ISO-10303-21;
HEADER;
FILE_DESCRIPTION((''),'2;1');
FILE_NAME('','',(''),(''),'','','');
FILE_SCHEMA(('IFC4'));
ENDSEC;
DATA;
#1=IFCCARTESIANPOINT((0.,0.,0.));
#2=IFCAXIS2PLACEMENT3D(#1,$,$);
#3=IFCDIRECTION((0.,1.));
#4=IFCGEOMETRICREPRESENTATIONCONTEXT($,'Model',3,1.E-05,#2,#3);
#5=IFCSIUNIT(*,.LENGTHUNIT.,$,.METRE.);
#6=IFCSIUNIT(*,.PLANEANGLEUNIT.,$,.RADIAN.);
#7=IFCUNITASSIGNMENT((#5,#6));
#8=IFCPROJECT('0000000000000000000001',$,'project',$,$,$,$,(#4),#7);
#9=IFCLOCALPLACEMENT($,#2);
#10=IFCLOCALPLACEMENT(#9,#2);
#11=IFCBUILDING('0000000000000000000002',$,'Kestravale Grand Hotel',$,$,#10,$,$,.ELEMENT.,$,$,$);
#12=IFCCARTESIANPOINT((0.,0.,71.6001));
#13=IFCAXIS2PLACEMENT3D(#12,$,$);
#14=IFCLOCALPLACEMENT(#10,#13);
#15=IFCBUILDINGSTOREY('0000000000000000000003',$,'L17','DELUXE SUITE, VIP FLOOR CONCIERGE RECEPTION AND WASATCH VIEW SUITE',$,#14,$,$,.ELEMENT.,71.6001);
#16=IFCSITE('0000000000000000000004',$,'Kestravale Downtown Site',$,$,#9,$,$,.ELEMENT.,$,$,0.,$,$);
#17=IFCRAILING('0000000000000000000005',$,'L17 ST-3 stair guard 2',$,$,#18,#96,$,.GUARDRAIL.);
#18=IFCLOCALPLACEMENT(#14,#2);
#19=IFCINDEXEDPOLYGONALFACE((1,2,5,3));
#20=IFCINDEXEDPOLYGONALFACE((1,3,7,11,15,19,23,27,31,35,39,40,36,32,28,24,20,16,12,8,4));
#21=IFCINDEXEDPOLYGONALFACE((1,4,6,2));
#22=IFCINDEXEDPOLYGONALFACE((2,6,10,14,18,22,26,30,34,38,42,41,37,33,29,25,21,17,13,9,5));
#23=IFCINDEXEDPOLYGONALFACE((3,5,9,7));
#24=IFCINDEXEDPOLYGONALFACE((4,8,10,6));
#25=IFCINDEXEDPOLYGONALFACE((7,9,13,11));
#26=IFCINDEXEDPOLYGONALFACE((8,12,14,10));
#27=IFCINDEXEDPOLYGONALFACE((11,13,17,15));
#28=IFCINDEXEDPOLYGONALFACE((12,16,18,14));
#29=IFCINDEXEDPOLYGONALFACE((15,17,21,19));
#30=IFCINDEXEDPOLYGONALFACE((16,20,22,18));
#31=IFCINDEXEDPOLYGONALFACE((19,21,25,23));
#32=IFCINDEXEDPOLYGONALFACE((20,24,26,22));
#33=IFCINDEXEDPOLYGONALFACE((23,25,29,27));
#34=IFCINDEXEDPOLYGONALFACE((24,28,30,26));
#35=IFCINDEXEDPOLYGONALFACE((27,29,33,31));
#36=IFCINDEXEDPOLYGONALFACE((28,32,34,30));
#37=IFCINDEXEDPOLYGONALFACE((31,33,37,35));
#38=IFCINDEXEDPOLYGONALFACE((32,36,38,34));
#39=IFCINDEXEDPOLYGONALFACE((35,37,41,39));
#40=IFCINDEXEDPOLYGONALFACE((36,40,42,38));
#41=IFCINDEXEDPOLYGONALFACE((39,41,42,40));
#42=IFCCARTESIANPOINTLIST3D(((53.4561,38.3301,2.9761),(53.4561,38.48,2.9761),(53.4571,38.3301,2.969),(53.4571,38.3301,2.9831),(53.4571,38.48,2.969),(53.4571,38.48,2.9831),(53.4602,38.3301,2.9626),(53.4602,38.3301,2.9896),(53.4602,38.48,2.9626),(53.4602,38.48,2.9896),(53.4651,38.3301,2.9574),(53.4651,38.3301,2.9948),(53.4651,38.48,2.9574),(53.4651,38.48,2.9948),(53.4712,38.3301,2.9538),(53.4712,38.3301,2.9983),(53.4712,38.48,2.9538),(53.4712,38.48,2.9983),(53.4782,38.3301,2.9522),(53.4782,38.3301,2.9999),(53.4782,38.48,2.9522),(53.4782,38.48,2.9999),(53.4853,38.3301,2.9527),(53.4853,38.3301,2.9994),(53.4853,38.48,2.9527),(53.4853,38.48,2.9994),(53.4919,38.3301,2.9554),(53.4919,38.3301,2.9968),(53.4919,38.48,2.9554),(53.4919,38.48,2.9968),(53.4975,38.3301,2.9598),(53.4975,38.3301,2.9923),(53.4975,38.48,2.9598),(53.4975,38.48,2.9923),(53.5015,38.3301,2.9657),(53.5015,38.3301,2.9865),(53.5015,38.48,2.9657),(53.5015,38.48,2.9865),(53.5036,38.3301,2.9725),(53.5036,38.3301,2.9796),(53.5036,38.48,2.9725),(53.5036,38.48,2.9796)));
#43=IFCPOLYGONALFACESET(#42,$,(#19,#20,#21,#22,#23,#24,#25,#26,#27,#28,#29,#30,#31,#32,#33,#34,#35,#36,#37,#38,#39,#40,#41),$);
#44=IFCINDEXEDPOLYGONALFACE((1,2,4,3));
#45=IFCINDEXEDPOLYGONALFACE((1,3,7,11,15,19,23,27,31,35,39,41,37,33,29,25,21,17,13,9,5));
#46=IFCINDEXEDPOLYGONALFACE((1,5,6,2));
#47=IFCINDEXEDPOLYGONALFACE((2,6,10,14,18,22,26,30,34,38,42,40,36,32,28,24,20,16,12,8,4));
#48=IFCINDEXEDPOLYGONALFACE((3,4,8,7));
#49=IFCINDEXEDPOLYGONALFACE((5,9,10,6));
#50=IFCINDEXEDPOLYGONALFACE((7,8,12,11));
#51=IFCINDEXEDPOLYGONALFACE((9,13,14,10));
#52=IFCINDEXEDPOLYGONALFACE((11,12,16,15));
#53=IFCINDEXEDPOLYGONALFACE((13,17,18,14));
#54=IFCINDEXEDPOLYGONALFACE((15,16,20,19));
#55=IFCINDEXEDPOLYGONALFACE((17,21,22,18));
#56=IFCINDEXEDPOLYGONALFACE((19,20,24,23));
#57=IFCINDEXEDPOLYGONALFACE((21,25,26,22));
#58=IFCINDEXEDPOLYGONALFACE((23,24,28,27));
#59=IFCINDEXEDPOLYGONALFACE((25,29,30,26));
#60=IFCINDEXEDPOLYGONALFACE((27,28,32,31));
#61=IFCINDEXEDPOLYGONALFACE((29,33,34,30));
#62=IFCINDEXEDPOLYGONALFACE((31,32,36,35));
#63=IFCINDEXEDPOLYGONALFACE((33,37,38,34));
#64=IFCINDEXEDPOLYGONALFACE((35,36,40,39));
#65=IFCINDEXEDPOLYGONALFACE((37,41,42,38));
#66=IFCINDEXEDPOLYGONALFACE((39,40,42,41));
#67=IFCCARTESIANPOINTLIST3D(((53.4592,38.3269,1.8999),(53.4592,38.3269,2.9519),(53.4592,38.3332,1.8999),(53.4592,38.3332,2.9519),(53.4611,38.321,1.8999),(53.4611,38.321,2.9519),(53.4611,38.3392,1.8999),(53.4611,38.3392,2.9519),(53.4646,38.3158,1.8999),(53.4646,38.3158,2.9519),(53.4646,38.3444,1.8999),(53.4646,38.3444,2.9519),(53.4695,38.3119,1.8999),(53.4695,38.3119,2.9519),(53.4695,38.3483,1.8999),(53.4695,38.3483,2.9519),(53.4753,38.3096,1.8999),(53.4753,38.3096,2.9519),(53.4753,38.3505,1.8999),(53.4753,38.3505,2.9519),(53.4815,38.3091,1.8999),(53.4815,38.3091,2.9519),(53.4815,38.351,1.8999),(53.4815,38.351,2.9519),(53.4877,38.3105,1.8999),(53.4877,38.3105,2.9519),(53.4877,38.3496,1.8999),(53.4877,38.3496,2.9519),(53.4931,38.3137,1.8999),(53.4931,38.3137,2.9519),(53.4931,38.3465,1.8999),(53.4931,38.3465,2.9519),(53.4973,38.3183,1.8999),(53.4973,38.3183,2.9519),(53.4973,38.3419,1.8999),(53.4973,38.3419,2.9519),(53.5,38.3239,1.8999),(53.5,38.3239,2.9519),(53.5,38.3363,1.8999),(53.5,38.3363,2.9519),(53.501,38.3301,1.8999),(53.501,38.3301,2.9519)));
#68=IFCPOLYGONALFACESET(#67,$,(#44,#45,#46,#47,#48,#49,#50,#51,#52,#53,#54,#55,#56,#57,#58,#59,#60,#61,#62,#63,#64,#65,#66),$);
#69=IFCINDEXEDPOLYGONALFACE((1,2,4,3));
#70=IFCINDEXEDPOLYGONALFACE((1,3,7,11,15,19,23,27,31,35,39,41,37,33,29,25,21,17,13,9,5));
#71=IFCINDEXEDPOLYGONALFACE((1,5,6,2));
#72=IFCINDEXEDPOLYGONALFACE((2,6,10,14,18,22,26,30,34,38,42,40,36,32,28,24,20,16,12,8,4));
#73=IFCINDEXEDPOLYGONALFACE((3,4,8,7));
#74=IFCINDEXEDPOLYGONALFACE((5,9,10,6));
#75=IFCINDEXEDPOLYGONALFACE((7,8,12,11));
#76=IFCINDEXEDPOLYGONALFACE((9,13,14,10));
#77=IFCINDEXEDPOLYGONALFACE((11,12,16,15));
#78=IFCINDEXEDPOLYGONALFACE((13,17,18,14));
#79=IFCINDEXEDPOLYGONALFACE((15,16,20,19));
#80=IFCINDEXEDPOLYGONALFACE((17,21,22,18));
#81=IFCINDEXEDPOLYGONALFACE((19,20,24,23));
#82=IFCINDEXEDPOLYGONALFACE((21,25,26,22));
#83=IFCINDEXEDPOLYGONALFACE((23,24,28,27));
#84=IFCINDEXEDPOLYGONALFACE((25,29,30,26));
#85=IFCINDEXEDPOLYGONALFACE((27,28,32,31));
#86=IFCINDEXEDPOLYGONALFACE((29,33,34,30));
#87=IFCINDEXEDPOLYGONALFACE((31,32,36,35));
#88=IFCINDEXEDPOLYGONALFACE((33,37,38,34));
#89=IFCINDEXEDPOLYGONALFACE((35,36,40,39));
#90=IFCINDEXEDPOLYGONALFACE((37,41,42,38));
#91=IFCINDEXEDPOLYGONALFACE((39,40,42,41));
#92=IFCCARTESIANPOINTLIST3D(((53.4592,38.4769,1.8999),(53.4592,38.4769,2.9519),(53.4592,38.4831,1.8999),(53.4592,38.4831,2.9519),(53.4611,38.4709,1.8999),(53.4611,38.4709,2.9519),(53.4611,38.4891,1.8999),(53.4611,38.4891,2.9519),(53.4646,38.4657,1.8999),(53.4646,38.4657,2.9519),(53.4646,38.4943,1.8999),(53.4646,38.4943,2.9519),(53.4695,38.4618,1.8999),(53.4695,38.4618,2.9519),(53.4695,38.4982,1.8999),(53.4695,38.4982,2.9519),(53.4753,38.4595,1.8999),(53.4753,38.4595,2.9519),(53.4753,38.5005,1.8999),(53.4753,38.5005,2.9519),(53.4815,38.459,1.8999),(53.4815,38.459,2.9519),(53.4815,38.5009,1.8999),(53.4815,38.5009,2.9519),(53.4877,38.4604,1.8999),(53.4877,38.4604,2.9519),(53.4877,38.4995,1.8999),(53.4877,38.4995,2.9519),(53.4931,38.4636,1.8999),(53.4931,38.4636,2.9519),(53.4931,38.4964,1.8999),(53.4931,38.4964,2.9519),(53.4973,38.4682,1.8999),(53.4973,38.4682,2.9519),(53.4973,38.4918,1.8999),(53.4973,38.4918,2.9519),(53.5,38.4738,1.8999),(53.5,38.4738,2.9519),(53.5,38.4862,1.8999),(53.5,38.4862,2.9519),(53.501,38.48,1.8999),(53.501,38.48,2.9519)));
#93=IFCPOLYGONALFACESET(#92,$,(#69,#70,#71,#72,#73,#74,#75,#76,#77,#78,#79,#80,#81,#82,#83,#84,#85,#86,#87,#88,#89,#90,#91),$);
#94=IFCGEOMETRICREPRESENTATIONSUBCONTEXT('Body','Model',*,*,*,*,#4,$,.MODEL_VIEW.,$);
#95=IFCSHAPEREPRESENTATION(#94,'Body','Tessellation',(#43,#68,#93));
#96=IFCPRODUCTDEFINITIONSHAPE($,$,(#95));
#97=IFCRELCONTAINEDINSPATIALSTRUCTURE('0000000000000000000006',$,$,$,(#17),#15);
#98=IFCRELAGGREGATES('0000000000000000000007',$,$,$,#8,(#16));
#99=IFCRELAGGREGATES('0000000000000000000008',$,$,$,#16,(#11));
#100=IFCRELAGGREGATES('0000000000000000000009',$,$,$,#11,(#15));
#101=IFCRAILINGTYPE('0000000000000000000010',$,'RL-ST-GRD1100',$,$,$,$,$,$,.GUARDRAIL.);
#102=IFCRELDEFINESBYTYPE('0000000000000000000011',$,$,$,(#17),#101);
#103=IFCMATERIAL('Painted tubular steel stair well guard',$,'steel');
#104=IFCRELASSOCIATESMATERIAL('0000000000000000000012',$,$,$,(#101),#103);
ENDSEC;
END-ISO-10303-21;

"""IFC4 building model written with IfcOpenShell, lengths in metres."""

from ifc_helpers import new_model, si_unit, direction, frame, origin, origin_2d, place, context, subcontext, project, spatial, circle, extrude, material, type_object, element, save


model = new_model("IFC4")

# Units and contexts
model_context = context("Model", 3, precision=1e-05, world=origin(), true_north=direction((0.0, 1.0)))
body_context = subcontext(model_context, "Body", "Model", "MODEL_VIEW")
ifc_project = project(units=[si_unit("LENGTHUNIT", "METRE"), si_unit("PLANEANGLEUNIT", "RADIAN")], contexts=[model_context])

# Site, building, storey
site_placement = place(None, origin())
site = spatial("IfcSite", under=ifc_project, at=site_placement, Name="Kestravale Downtown Site", CompositionType="ELEMENT", RefElevation=0.0)
building_placement = place(site_placement, origin())
building = spatial("IfcBuilding", under=site, at=building_placement, Name="Kestravale Grand Hotel", CompositionType="ELEMENT")
storey_placement = place(building_placement, frame((0.0, 0.0, 71.6001)))
storey = spatial("IfcBuildingStorey", under=building, at=storey_placement, Name="L17", Description="DELUXE SUITE, VIP FLOOR CONCIERGE RECEPTION AND WASATCH VIEW SUITE", CompositionType="ELEMENT", Elevation=71.6001)

# Railing
ifc_material_1 = material(Name="Painted tubular steel stair well guard", Category="steel")
railing_type_1 = type_object("IfcRailingType", Name="RL-ST-GRD1100", PredefinedType="GUARDRAIL", material=ifc_material_1)
railing_1_placement = place(storey_placement, frame((53.48, 38.3301, 1.8999)))
element("IfcRailing", 1, at=railing_1_placement, inside=storey, type_object=railing_type_1, Name="L17 ST-3 stair guard 2", PredefinedType="GUARDRAIL", context=body_context, shape_type="SweptSolid", body=[
    extrude(circle(Radius=0.0239, at=origin_2d()), frame((0.0, 0.0, 1.0762), z_axis=(0.0, 1.0, 0.0), x_axis=(-1.0, 0.0, 0.0)), (0.0, 0.0, 1.0), 0.1499),
    extrude(circle(Radius=0.021, at=origin_2d()), origin(), (0.0, 0.0, 1.0), 1.052),
    extrude(circle(Radius=0.021, at=origin_2d()), frame((0.0, 0.1499, 0.0)), (0.0, 0.0, 1.0), 1.052),
])

save(model, "model.ifc")
